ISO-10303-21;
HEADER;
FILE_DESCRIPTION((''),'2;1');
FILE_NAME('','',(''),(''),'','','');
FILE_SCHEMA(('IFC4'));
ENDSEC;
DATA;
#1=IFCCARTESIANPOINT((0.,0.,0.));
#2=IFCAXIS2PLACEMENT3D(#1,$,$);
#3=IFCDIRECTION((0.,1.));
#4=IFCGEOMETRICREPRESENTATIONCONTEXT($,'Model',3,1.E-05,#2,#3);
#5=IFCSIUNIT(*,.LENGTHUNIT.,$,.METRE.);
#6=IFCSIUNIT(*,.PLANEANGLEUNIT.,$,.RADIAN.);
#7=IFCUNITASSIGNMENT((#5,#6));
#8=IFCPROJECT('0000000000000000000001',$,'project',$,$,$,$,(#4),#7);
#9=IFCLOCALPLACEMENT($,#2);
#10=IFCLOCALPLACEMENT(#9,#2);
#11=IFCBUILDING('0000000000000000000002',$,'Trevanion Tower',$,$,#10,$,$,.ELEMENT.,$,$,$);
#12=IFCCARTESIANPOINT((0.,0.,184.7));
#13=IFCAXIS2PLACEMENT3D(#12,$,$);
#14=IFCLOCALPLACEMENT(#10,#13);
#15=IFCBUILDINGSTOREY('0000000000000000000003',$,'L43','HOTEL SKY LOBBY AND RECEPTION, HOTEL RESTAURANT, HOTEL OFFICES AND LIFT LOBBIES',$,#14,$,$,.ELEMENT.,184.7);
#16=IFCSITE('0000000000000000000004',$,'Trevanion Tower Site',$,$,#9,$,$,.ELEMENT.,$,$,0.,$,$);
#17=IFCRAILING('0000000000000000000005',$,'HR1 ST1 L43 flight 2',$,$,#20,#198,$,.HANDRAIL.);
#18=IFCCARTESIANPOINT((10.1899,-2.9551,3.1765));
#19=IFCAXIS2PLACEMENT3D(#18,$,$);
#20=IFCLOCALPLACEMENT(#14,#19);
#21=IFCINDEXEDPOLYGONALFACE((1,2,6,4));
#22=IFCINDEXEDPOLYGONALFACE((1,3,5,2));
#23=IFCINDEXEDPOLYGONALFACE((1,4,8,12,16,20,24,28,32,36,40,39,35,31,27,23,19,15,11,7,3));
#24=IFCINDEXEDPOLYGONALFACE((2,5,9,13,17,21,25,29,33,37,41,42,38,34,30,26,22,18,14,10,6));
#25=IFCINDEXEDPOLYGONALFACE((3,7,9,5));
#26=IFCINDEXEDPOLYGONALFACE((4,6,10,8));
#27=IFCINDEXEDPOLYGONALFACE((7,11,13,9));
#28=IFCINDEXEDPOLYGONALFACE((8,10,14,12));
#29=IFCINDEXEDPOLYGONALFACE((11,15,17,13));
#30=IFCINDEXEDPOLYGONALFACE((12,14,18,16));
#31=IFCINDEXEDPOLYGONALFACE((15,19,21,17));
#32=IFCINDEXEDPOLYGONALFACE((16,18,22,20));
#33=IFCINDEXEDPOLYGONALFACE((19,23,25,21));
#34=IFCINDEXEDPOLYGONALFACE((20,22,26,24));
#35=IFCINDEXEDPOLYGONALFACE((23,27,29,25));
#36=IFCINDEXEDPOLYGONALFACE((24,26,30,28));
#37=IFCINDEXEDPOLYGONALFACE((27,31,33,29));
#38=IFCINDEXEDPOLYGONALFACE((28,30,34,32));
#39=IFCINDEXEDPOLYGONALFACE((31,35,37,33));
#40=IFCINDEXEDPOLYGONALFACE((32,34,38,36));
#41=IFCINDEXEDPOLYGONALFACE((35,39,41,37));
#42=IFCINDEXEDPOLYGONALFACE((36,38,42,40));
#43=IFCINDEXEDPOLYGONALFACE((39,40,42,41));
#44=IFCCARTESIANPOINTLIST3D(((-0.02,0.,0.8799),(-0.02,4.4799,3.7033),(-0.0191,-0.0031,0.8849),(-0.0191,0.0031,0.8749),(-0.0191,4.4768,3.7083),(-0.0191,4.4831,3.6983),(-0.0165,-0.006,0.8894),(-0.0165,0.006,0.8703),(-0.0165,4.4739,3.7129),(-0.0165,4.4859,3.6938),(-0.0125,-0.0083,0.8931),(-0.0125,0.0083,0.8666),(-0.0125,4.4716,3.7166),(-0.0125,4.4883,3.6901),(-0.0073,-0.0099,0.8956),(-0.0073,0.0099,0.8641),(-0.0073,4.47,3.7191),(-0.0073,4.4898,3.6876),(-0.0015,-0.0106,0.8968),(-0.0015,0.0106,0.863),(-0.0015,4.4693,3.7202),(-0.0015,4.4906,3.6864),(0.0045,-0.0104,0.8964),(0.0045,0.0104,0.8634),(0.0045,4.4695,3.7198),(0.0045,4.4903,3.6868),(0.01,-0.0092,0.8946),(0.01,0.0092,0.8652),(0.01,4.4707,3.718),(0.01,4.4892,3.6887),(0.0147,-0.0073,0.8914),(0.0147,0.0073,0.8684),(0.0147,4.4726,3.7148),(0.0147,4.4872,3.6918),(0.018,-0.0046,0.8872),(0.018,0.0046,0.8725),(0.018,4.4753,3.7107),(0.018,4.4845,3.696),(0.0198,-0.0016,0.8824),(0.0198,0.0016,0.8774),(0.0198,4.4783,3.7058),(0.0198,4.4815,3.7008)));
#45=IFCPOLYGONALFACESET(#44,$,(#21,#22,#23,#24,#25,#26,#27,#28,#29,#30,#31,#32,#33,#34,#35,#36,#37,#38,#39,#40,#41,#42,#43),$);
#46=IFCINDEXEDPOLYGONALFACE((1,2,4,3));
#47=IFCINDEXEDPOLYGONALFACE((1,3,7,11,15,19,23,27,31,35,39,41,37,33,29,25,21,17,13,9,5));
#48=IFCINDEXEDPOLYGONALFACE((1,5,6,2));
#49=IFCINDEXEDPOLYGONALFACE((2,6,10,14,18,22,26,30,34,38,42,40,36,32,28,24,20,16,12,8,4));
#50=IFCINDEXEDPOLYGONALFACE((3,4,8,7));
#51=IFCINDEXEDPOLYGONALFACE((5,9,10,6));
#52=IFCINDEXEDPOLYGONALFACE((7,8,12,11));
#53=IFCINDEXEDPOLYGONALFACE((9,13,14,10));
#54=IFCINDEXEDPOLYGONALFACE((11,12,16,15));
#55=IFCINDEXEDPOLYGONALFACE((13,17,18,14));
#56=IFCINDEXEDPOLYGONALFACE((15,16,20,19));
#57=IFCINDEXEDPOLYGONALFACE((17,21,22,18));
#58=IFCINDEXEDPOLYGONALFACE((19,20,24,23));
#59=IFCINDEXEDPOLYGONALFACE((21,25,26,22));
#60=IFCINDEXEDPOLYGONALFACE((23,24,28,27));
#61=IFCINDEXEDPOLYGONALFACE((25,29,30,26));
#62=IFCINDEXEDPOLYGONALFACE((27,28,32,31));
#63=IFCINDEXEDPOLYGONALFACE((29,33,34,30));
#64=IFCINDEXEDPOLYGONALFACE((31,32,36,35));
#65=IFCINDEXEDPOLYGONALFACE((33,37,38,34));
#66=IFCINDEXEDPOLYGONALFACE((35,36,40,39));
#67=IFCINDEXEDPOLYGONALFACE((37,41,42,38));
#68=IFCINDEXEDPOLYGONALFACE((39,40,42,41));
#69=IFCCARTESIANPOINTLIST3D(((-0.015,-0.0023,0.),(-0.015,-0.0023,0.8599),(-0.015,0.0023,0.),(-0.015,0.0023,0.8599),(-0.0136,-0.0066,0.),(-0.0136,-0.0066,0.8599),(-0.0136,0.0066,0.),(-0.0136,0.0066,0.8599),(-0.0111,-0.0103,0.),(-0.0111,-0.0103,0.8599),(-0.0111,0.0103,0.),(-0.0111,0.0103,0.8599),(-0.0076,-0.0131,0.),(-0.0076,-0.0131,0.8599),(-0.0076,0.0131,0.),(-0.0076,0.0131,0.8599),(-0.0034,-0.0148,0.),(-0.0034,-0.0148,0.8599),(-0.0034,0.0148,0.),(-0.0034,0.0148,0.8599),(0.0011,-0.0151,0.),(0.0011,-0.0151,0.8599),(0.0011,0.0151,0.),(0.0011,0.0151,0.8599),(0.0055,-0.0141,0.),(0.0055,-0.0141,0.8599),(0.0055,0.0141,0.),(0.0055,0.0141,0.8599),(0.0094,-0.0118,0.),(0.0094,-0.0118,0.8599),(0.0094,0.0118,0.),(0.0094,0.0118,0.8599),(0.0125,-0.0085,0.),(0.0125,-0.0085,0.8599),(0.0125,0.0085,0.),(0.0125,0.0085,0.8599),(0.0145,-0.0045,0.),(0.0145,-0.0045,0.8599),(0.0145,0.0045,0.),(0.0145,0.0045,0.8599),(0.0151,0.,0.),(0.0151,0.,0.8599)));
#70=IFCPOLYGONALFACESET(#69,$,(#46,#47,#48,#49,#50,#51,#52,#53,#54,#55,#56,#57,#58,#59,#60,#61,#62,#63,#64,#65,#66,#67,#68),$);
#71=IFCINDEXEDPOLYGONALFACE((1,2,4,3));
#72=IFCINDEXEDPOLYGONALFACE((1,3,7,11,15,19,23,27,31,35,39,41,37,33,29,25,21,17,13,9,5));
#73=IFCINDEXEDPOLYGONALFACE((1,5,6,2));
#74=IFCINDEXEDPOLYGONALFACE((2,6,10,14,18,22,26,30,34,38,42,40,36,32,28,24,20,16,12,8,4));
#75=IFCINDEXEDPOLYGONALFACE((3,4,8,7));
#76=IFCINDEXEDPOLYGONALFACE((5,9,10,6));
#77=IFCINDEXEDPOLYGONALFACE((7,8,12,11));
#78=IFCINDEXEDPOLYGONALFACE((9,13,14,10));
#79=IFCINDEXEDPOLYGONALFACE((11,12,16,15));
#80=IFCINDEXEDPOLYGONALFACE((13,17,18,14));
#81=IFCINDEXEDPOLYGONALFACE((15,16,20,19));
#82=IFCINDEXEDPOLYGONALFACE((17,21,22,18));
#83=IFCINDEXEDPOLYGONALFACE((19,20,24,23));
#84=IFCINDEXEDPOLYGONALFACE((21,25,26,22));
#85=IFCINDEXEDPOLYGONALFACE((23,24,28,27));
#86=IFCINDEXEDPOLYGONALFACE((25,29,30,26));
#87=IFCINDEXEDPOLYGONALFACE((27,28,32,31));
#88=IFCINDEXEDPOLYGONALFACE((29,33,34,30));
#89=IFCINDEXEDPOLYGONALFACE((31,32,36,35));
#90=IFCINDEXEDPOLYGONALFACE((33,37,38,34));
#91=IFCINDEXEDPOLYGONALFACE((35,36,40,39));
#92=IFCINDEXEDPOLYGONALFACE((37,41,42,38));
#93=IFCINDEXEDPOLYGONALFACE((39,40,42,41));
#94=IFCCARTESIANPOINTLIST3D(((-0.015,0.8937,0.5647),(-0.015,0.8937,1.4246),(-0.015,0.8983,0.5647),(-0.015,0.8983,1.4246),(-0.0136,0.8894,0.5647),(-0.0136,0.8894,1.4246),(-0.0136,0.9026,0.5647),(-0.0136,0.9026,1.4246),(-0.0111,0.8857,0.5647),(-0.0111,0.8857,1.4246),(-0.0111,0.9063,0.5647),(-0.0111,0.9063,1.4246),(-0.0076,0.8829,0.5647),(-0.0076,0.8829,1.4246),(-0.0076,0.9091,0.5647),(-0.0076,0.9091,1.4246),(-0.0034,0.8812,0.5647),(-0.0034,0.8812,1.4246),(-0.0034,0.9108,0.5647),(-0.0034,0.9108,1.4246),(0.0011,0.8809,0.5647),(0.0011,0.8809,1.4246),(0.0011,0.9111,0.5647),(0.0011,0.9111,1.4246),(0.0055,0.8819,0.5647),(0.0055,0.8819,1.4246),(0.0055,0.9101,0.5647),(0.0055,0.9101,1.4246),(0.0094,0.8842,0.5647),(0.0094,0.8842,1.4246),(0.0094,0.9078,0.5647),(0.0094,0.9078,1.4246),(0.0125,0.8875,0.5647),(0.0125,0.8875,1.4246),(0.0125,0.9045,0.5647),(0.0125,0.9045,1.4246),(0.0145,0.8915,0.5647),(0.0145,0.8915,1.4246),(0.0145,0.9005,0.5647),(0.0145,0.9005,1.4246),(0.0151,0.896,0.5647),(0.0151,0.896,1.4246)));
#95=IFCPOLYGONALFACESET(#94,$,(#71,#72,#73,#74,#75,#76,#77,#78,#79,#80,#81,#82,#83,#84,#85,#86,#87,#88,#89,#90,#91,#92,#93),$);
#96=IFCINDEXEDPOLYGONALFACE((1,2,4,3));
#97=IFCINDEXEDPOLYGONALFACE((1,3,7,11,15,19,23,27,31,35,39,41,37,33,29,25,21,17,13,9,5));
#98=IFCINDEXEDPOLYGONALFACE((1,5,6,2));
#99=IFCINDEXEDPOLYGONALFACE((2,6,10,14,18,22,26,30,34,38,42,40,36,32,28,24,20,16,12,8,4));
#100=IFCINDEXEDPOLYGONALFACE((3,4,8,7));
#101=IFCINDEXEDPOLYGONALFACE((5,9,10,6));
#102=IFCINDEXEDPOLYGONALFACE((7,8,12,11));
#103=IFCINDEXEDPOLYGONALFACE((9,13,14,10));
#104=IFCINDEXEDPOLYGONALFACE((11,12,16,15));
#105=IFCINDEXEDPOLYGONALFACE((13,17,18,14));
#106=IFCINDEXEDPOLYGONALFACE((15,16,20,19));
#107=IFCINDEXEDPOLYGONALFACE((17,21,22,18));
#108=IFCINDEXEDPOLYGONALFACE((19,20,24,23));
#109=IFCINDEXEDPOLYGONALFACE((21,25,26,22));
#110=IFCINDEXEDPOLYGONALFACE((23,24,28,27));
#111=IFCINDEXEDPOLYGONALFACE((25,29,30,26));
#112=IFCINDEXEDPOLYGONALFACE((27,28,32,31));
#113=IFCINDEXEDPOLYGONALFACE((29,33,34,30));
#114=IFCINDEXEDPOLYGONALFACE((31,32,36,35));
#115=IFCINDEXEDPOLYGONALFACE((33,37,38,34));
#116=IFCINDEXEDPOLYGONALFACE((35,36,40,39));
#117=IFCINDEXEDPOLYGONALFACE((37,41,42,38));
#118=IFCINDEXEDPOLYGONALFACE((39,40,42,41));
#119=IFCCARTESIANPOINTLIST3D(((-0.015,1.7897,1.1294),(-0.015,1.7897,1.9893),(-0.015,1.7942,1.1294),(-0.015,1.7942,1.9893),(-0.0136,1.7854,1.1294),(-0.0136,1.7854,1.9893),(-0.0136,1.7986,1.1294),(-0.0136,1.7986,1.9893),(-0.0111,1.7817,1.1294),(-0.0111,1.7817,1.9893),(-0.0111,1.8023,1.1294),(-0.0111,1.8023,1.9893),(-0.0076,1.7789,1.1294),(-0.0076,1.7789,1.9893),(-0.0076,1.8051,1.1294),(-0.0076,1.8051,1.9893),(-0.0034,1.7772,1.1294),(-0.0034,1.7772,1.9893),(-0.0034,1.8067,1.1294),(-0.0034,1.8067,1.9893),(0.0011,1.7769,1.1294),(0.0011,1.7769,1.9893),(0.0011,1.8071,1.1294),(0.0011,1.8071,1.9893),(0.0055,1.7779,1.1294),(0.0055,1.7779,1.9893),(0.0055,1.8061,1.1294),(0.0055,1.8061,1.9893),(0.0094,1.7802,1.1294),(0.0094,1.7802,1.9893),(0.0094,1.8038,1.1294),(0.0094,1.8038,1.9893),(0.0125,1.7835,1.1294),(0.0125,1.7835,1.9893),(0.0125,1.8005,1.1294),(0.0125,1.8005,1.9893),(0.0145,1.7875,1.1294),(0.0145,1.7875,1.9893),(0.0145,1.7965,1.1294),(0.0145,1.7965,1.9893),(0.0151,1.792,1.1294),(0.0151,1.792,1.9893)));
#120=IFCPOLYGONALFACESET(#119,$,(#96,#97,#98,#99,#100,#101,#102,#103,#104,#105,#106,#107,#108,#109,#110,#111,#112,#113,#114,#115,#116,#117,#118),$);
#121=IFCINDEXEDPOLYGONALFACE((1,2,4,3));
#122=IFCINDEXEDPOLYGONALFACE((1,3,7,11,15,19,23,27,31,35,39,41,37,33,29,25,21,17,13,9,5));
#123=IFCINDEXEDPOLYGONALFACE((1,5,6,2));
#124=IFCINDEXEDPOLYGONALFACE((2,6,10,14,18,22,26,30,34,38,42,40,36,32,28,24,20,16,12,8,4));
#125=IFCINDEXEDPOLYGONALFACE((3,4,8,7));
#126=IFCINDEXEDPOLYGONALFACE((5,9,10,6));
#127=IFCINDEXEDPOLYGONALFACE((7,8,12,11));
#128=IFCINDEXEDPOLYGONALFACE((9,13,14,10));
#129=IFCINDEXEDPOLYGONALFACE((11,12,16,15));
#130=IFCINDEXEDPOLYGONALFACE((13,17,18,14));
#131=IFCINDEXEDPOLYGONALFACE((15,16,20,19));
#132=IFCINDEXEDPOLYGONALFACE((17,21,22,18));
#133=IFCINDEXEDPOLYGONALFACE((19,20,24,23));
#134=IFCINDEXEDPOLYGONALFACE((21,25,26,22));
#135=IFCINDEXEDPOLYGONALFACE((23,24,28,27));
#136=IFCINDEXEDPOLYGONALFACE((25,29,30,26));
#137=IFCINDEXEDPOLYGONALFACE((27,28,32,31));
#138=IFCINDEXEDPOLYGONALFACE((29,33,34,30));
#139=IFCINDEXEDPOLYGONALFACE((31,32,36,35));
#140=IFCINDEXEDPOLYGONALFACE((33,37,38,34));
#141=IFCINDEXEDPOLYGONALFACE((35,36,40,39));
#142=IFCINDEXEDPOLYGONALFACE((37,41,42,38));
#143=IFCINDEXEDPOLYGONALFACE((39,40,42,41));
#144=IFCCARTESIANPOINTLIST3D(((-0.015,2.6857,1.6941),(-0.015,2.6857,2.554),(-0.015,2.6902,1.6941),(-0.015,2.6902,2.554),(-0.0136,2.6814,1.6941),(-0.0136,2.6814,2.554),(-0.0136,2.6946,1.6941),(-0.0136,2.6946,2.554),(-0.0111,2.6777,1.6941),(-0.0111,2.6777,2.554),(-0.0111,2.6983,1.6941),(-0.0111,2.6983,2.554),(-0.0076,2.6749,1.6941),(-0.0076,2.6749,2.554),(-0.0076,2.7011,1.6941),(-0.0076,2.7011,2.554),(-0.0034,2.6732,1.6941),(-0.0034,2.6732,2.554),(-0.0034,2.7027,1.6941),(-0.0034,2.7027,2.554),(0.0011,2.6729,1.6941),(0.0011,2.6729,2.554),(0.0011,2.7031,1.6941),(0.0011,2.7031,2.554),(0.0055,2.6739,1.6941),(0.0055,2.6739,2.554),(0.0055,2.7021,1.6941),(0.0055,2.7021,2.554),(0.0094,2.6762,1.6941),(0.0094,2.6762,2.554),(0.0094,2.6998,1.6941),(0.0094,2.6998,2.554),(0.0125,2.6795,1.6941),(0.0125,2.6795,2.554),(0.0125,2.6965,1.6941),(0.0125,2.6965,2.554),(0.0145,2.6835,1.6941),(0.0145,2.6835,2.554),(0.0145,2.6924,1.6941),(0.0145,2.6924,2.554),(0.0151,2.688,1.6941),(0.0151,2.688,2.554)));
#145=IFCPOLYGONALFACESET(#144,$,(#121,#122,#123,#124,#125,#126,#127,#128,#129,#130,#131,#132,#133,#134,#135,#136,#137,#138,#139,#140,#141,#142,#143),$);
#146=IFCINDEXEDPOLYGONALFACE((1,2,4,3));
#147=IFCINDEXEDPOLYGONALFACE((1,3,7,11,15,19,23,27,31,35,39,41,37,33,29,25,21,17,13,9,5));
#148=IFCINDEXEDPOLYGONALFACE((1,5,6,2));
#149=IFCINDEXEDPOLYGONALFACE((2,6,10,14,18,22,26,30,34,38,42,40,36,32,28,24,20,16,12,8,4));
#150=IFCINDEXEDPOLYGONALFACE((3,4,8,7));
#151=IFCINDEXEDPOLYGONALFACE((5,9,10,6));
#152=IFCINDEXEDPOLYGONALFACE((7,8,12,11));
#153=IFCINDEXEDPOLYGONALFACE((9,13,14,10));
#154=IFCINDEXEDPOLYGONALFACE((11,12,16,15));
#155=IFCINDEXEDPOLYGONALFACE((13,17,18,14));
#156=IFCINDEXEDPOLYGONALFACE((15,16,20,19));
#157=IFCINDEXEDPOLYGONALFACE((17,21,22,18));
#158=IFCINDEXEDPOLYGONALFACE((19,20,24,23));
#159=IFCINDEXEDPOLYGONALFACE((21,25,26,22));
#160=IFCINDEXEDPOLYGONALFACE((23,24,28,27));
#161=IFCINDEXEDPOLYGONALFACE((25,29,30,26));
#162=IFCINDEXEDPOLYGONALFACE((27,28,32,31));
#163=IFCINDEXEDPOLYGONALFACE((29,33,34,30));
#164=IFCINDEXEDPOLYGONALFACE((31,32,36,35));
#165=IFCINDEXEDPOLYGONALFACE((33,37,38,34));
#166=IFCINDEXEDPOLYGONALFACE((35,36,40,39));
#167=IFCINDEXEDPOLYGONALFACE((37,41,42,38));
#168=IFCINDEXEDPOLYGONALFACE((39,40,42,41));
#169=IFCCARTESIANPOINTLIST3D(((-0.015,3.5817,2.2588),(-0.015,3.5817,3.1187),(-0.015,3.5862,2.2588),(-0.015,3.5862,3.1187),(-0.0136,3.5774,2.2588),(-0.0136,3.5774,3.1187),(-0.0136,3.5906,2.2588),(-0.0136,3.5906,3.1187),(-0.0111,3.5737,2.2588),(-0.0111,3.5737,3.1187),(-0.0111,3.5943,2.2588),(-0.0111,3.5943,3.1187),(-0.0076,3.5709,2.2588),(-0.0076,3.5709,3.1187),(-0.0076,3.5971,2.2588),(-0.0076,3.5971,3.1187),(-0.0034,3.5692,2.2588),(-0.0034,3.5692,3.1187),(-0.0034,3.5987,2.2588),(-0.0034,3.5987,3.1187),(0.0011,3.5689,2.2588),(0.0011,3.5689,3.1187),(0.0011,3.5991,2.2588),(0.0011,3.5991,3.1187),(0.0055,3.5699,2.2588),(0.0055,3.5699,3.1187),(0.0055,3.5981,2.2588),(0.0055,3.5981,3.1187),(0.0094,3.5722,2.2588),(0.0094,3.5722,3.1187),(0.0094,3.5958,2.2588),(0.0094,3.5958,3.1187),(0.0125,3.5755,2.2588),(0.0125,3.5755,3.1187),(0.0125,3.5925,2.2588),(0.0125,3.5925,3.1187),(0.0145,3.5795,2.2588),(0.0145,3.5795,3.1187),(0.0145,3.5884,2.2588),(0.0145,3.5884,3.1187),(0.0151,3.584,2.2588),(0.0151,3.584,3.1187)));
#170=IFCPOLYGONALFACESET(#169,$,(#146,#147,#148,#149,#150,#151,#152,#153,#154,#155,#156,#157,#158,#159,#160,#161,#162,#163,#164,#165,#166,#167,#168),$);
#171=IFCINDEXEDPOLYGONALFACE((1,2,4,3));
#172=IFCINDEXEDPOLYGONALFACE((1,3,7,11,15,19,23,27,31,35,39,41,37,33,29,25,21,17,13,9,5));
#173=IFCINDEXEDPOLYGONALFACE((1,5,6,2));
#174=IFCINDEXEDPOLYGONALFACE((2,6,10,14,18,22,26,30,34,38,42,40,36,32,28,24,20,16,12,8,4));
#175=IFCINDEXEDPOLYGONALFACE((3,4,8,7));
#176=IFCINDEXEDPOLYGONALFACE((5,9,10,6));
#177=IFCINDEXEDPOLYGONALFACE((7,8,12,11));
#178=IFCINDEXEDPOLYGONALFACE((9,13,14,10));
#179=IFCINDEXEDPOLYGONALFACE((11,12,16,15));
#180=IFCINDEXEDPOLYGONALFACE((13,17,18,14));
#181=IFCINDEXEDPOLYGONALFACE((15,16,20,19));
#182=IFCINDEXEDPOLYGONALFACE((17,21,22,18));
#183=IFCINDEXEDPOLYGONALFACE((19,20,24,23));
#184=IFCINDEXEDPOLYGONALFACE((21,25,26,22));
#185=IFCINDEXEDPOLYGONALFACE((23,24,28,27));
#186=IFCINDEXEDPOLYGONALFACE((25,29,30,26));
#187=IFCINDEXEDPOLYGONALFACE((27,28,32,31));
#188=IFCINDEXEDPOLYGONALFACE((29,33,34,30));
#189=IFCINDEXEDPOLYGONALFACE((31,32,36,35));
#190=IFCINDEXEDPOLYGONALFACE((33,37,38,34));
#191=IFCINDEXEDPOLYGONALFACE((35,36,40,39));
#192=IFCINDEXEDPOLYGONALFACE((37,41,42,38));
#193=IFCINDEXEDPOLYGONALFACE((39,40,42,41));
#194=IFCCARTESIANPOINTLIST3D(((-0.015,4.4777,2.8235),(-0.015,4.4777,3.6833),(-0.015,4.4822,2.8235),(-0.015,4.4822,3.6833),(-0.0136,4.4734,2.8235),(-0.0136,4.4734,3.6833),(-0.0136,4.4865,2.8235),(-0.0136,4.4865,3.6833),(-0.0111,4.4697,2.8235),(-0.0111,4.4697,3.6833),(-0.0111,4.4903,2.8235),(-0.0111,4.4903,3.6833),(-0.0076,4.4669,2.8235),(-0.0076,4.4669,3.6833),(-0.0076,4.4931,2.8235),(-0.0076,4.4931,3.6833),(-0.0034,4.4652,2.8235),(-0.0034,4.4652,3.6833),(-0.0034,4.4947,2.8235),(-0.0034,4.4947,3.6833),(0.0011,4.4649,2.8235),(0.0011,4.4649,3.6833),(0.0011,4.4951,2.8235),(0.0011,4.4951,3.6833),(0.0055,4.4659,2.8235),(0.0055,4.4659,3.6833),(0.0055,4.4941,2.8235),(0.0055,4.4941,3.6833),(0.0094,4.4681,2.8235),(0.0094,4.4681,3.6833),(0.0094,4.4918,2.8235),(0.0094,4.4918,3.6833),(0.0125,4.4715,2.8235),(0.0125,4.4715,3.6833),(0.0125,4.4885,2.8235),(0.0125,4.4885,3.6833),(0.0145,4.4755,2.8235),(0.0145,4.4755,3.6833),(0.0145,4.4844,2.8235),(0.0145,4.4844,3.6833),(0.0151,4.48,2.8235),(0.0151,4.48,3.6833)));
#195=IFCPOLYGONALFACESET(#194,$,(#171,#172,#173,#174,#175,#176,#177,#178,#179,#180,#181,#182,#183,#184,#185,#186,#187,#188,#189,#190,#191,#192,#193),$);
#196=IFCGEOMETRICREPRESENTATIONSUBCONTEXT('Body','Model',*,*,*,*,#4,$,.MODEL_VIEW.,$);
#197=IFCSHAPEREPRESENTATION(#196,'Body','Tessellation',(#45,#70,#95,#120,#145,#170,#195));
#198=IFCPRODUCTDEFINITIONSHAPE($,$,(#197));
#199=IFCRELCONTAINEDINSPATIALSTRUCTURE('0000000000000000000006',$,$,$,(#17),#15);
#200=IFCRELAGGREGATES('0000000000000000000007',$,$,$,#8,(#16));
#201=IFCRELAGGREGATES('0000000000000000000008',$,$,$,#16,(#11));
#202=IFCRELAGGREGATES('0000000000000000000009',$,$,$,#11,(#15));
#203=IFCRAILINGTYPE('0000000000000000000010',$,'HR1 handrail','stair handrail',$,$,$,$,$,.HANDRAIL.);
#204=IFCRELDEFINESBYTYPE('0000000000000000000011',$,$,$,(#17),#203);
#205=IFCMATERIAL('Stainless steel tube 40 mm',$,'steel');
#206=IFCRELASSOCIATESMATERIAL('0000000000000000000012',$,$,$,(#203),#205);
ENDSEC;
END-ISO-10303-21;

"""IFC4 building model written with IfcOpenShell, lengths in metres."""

from ifc_helpers import new_model, si_unit, direction, frame, origin, origin_2d, place, context, subcontext, project, spatial, circle, extrude, material, type_object, element, save


model = new_model("IFC4")

# Units and contexts
model_context = context("Model", 3, precision=1e-05, world=origin(), true_north=direction((0.0, 1.0)))
body_context = subcontext(model_context, "Body", "Model", "MODEL_VIEW")
ifc_project = project(units=[si_unit("LENGTHUNIT", "METRE"), si_unit("PLANEANGLEUNIT", "RADIAN")], contexts=[model_context])

# Site, building, storey
site_placement = place(None, origin())
site = spatial("IfcSite", under=ifc_project, at=site_placement, Name="Trevanion Tower Site", CompositionType="ELEMENT", RefElevation=0.0)
building_placement = place(site_placement, origin())
building = spatial("IfcBuilding", under=site, at=building_placement, Name="Trevanion Tower", CompositionType="ELEMENT")
storey_placement = place(building_placement, frame((0.0, 0.0, 184.7)))
storey = spatial("IfcBuildingStorey", under=building, at=storey_placement, Name="L43", Description="HOTEL SKY LOBBY AND RECEPTION, HOTEL RESTAURANT, HOTEL OFFICES AND LIFT LOBBIES", CompositionType="ELEMENT", Elevation=184.7)

# Railing
ifc_material_1 = material(Name="Stainless steel tube 40 mm", Category="steel")
railing_type = type_object("IfcRailingType", Name="HR1 handrail", Description="stair handrail", PredefinedType="HANDRAIL", material=ifc_material_1)
railing_placement = place(storey_placement, frame((10.1899, -2.9551, 3.1765)))
element("IfcRailing", 1, at=railing_placement, inside=storey, type_object=railing_type, Name="HR1 ST1 L43 flight 2", PredefinedType="HANDRAIL", context=body_context, shape_type="SweptSolid", body=[
    extrude(circle(Radius=0.02, at=origin_2d()), frame((0.0, 0.0, 0.8799), z_axis=(0.0, 0.845998, 0.533186), x_axis=(-1.0, 0.0, 0.0)), (0.0, 0.0, 1.0), 5.2954),
    extrude(circle(Radius=0.0151, at=origin_2d()), origin(), (0.0, 0.0, 1.0), 0.8599),
    extrude(circle(Radius=0.0151, at=origin_2d()), frame((0.0, 0.896, 0.5647)), (0.0, 0.0, 1.0), 0.8599),
    extrude(circle(Radius=0.0151, at=origin_2d()), frame((0.0, 1.792, 1.1294)), (0.0, 0.0, 1.0), 0.8599),
    extrude(circle(Radius=0.0151, at=origin_2d()), frame((0.0, 2.688, 1.6941)), (0.0, 0.0, 1.0), 0.8599),
    extrude(circle(Radius=0.0151, at=origin_2d()), frame((0.0, 3.584, 2.2588)), (0.0, 0.0, 1.0), 0.8599),
    extrude(circle(Radius=0.0151, at=origin_2d()), frame((0.0, 4.48, 2.8235)), (0.0, 0.0, 1.0), 0.8599),
])

save(model, "model.ifc")
